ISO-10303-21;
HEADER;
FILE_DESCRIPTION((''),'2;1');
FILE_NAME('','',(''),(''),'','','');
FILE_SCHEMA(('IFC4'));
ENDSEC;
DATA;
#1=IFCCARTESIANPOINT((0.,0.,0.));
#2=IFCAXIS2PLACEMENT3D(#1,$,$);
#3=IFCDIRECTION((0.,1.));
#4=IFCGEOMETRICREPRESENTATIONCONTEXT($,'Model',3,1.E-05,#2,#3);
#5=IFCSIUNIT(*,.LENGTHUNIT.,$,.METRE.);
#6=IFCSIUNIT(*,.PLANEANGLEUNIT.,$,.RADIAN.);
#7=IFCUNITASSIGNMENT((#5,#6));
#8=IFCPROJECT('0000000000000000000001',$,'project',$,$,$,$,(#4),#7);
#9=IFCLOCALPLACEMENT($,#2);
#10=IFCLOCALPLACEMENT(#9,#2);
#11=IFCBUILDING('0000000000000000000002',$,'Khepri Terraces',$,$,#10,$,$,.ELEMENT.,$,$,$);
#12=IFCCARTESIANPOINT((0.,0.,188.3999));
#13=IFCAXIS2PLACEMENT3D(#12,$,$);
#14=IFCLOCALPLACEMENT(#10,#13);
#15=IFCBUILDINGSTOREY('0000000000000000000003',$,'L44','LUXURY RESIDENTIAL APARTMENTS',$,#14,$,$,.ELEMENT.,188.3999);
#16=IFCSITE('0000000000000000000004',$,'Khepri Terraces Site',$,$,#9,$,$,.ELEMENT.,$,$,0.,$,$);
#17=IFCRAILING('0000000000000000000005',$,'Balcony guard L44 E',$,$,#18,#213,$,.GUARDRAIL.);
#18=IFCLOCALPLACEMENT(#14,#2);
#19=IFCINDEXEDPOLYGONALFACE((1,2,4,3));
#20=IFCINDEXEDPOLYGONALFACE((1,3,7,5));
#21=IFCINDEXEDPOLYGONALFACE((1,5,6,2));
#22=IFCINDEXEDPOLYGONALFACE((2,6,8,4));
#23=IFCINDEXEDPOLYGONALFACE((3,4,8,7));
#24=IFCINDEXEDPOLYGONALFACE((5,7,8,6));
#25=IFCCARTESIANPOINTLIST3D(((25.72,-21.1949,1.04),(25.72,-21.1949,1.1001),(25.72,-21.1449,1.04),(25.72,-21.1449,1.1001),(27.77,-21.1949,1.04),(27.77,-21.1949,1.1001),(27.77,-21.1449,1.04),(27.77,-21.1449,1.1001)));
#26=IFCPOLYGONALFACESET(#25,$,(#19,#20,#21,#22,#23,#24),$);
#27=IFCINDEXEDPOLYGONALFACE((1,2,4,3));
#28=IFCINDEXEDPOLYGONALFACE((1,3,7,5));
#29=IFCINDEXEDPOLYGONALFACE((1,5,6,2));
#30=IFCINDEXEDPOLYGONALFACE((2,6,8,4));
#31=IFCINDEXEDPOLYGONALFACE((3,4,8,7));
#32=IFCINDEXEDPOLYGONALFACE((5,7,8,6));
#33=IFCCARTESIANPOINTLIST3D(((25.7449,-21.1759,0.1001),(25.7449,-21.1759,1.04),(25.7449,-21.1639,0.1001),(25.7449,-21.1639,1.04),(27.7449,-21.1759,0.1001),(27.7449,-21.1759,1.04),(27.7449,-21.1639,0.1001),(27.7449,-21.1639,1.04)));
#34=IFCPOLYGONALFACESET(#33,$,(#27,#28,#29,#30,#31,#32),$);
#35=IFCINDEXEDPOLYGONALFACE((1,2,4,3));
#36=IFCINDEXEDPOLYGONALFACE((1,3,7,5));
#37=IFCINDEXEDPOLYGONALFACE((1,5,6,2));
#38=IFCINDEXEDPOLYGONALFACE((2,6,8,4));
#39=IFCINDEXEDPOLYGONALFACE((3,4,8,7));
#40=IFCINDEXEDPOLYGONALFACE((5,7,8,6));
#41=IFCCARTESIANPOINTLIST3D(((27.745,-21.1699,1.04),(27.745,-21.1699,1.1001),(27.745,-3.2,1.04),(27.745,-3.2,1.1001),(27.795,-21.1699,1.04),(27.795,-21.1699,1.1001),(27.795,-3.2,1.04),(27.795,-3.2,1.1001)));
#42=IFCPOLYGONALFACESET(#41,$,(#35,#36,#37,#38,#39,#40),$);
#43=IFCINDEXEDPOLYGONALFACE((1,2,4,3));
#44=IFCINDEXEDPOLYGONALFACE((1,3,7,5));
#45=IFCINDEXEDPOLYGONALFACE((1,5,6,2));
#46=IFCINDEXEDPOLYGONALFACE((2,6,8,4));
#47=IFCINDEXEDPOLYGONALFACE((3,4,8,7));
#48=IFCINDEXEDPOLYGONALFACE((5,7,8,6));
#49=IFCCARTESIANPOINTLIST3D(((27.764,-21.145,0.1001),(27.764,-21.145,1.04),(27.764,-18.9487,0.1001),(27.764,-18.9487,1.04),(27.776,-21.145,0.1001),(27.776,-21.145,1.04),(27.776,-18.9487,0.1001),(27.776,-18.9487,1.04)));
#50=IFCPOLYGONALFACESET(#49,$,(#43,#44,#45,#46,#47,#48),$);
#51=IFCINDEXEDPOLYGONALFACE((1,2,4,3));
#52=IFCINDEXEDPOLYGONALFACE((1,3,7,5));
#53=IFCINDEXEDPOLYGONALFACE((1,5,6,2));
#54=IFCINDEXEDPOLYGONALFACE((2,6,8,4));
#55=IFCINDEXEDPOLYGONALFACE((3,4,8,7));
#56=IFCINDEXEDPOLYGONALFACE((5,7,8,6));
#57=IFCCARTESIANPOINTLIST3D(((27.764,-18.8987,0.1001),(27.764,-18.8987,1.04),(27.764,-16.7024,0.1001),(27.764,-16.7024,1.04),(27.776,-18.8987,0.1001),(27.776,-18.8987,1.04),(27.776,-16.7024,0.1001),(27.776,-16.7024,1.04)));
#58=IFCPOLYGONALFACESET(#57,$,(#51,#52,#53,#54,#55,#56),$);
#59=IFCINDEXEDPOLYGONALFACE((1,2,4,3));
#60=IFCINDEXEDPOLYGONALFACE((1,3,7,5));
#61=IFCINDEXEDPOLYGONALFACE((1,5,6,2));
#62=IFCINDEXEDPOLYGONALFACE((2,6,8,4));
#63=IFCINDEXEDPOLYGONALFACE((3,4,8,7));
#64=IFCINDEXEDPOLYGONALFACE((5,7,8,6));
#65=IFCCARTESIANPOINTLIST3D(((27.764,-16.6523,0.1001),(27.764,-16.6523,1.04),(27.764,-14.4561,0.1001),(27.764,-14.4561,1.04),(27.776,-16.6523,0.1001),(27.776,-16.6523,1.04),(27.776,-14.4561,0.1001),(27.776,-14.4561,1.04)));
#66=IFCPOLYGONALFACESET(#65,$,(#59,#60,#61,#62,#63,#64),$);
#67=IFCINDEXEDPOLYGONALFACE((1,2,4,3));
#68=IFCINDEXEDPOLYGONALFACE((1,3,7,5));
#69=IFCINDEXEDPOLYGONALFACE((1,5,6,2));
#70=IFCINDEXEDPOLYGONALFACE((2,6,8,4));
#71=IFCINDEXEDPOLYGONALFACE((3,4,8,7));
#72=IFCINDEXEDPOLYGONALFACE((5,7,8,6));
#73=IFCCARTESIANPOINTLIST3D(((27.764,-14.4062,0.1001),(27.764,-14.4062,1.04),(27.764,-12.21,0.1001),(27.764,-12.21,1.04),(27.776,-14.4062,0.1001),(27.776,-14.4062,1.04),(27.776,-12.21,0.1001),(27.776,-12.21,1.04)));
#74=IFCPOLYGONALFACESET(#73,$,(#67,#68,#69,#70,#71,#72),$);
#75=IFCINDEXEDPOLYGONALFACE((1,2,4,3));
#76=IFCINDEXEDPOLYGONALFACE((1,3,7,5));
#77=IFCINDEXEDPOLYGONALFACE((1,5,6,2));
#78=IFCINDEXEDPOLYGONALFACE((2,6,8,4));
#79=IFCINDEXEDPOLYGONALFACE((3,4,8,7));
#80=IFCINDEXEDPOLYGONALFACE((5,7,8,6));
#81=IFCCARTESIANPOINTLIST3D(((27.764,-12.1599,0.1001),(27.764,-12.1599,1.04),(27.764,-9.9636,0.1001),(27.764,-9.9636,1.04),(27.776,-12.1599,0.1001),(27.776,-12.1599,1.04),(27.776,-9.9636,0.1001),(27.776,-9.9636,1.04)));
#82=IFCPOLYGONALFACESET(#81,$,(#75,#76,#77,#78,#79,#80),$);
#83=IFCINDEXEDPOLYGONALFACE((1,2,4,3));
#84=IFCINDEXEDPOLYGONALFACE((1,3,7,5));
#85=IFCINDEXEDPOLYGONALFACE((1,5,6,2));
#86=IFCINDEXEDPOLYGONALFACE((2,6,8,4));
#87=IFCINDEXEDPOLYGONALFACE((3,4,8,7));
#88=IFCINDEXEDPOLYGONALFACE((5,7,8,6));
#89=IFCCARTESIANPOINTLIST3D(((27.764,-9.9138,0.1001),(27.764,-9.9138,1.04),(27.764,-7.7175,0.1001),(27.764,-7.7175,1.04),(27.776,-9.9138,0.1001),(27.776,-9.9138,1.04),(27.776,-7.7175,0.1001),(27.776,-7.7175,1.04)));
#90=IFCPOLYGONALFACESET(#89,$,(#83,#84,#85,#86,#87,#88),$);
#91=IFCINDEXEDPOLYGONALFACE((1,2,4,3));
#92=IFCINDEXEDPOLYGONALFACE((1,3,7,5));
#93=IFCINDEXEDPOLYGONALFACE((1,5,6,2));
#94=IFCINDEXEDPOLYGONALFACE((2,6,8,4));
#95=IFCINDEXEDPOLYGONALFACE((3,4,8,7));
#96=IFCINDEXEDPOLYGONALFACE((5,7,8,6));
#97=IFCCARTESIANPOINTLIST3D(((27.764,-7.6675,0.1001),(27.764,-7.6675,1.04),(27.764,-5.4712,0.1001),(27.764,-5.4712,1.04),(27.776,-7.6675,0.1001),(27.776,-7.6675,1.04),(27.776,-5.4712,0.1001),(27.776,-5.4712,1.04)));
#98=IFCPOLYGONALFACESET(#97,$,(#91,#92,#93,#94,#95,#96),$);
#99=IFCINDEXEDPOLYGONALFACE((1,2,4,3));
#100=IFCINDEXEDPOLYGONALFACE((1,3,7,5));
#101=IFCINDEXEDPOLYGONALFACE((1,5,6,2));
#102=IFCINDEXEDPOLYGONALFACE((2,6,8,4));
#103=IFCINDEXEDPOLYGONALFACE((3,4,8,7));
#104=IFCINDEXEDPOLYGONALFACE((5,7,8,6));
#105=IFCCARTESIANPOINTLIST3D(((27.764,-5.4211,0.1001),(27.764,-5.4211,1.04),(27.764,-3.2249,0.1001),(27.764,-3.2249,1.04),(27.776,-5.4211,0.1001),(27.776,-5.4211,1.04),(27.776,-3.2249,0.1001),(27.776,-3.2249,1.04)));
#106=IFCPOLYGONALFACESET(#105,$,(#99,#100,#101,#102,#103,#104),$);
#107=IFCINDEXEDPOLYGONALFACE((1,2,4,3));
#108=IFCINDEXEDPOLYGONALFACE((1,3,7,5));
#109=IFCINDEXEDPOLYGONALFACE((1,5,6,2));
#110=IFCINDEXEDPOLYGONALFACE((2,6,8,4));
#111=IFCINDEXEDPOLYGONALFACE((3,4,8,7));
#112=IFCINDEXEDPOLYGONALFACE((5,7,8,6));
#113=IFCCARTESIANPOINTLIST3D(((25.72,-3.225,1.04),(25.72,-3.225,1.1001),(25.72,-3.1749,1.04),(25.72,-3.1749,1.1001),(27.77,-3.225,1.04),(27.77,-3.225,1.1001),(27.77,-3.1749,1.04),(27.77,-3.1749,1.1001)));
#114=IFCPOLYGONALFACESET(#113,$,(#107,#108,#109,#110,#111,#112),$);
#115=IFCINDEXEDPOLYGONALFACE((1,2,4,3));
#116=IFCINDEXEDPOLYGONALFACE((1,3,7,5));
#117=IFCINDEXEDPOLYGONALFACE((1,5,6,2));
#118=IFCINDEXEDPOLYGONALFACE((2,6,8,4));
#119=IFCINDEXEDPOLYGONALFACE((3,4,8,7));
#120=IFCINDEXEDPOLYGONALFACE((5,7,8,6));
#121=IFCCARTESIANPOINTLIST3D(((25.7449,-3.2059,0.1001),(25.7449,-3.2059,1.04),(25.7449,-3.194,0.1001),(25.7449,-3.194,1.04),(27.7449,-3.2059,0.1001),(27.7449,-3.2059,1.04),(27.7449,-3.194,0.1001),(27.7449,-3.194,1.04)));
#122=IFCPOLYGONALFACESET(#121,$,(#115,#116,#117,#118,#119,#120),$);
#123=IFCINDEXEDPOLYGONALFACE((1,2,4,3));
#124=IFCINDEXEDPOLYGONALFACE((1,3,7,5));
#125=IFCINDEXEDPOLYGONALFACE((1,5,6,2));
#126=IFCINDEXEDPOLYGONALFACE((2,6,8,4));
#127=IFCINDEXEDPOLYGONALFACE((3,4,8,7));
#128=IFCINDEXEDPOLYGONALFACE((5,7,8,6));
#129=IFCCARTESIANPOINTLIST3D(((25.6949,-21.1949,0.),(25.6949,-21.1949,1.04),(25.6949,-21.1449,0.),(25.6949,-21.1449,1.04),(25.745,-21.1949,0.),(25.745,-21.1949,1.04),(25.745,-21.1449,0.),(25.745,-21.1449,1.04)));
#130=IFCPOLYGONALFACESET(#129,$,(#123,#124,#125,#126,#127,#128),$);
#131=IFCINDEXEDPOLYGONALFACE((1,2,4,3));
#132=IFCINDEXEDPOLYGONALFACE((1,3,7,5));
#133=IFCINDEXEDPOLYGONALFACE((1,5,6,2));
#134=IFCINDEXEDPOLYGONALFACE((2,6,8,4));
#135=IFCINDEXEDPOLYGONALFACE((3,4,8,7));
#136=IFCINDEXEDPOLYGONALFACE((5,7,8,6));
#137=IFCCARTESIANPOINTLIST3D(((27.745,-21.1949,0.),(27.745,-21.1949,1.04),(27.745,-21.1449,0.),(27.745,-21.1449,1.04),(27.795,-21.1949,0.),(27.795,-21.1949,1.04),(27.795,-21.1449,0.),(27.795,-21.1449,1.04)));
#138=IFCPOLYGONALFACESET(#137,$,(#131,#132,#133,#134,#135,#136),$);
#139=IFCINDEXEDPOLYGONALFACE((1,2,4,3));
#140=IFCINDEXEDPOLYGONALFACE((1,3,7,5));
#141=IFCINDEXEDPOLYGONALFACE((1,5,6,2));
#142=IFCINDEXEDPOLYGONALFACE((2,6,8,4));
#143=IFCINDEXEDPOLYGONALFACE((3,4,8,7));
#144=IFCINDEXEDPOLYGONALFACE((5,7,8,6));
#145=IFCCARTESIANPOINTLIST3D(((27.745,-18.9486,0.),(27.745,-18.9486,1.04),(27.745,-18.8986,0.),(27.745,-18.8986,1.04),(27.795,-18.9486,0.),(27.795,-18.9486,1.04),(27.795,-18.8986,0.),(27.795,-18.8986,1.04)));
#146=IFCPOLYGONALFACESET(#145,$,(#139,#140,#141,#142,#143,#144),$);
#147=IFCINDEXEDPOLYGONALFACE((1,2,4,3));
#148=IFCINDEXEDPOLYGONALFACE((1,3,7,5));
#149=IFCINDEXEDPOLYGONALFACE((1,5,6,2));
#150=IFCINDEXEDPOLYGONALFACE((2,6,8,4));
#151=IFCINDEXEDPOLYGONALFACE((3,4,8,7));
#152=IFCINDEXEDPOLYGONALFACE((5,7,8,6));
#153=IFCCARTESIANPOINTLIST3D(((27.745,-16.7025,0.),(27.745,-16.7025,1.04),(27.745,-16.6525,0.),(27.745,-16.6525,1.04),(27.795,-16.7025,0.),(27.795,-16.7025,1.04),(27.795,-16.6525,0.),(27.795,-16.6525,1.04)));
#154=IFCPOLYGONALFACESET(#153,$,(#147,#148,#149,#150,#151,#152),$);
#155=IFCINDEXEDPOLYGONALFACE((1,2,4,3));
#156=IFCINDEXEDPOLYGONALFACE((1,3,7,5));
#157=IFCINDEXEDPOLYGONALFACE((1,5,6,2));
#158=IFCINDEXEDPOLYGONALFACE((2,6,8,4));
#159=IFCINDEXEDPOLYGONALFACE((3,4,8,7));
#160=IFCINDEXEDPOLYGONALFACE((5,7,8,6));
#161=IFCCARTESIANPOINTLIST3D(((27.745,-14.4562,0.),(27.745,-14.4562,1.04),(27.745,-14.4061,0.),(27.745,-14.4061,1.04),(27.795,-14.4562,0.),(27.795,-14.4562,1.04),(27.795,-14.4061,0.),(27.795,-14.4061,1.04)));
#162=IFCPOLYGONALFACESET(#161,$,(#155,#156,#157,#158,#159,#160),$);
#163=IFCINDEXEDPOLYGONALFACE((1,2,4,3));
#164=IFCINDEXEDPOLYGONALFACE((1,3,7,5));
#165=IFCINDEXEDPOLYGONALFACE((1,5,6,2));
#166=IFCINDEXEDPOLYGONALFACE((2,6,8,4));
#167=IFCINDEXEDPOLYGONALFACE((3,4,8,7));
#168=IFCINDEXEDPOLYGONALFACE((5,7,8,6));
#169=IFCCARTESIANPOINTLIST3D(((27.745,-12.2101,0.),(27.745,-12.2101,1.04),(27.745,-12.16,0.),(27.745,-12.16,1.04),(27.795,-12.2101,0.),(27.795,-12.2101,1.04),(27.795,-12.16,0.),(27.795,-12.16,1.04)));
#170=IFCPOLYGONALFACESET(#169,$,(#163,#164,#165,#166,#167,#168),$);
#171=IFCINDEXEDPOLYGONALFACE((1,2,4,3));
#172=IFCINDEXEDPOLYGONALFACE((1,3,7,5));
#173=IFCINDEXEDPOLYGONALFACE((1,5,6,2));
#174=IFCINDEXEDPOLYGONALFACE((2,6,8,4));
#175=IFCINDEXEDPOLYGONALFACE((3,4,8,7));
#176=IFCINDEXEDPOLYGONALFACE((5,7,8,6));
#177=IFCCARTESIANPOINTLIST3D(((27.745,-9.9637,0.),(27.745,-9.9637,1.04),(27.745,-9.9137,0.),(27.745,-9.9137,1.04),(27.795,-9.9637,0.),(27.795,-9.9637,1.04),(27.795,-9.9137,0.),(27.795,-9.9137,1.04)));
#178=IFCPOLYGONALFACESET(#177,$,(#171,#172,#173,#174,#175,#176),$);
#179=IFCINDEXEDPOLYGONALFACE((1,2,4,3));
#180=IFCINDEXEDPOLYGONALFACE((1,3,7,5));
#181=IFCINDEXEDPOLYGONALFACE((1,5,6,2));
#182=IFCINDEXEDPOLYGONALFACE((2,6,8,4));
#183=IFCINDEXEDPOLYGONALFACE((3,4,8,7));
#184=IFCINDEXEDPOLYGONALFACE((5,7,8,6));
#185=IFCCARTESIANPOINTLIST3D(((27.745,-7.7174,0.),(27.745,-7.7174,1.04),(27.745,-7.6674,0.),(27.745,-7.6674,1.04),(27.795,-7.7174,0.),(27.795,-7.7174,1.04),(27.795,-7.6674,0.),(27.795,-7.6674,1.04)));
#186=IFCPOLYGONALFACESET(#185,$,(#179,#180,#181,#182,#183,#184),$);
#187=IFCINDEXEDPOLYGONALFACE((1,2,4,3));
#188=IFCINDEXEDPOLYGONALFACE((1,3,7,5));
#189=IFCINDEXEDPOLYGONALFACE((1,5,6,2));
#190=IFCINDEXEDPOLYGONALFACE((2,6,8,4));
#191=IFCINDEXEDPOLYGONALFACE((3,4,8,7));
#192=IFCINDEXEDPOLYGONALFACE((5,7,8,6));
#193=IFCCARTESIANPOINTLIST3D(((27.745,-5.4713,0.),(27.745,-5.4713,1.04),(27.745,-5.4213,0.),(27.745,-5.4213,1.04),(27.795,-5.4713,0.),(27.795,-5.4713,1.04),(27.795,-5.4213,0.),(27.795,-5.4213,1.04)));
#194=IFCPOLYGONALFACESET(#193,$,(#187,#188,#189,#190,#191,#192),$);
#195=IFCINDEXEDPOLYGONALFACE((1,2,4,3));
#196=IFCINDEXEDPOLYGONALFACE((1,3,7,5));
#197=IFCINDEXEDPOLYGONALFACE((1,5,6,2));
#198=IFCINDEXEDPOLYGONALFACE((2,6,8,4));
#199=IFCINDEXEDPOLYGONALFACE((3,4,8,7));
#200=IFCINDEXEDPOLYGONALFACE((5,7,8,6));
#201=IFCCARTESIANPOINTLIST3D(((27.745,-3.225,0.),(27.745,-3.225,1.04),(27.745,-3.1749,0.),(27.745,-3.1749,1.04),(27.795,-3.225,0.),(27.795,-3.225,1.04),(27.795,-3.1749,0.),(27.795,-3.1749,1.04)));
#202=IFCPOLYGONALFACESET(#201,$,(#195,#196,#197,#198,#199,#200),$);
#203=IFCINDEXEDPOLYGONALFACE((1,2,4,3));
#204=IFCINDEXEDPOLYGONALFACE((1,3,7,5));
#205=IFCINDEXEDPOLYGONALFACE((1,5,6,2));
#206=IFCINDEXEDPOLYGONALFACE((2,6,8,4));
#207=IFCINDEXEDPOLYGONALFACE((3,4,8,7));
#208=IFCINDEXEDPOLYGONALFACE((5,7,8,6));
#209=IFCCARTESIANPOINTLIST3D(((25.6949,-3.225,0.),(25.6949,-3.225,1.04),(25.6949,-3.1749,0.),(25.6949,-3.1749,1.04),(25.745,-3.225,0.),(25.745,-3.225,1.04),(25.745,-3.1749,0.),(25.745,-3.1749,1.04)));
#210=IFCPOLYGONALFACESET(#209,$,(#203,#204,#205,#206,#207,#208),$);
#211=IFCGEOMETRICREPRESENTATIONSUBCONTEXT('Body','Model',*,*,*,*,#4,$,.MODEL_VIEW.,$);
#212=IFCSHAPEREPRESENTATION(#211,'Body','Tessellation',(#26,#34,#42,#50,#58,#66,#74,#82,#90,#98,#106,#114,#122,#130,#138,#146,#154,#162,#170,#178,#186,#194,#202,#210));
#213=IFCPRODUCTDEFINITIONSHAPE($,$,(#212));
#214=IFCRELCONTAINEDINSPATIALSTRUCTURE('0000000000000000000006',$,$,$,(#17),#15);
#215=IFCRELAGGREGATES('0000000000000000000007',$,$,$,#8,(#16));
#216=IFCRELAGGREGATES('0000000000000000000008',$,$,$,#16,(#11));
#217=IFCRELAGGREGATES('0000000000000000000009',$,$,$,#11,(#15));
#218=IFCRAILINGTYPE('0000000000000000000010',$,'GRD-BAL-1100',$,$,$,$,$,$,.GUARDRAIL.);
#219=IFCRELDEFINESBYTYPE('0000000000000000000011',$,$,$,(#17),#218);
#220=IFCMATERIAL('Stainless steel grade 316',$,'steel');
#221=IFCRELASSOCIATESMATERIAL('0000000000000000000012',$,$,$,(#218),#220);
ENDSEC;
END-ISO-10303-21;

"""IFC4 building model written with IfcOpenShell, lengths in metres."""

from ifc_helpers import new_model, si_unit, direction, frame, origin, origin_2d, place, context, subcontext, project, spatial, rectangle, extrude, material, type_object, element, save


model = new_model("IFC4")

# Units and contexts
model_context = context("Model", 3, precision=1e-05, world=origin(), true_north=direction((0.0, 1.0)))
body_context = subcontext(model_context, "Body", "Model", "MODEL_VIEW")
ifc_project = project(units=[si_unit("LENGTHUNIT", "METRE"), si_unit("PLANEANGLEUNIT", "RADIAN")], contexts=[model_context])

# Site, building, storey
site_placement = place(None, origin())
site = spatial("IfcSite", under=ifc_project, at=site_placement, Name="Khepri Terraces Site", CompositionType="ELEMENT", RefElevation=0.0)
building_placement = place(site_placement, origin())
building = spatial("IfcBuilding", under=site, at=building_placement, Name="Khepri Terraces", CompositionType="ELEMENT")
storey_placement = place(building_placement, frame((0.0, 0.0, 188.3999)))
storey = spatial("IfcBuildingStorey", under=building, at=storey_placement, Name="L44", Description="LUXURY RESIDENTIAL APARTMENTS", CompositionType="ELEMENT", Elevation=188.3999)

# Railing
ifc_material_1 = material(Name="Stainless steel grade 316", Category="steel")
railing_type = type_object("IfcRailingType", Name="GRD-BAL-1100", PredefinedType="GUARDRAIL", material=ifc_material_1)
railing_placement = place(storey_placement, frame((25.72, -21.1699, 0.0)))
element("IfcRailing", 1, at=railing_placement, inside=storey, type_object=railing_type, Name="Balcony guard L44 E", PredefinedType="GUARDRAIL", context=body_context, shape_type="SweptSolid", body=[
    extrude(rectangle(XDim=0.05, YDim=0.0601, at=origin_2d()), frame((0.0, 0.0, 1.0701), z_axis=(1.0, 0.0, 0.0), x_axis=(0.0, 1.0, 0.0)), (0.0, 0.0, 1.0), 2.05),
    extrude(rectangle(XDim=2.0, YDim=0.012, at=origin_2d()), frame((1.0249, 0.0, 0.1001), z_axis=(0.0, 0.0, 1.0), x_axis=(1.0, 0.0, 0.0)), (0.0, 0.0, 1.0), 0.9399),
    extrude(rectangle(XDim=0.05, YDim=0.0601, at=origin_2d()), frame((2.05, 0.0, 1.0701), z_axis=(0.0, 1.0, 0.0), x_axis=(-1.0, 0.0, 0.0)), (0.0, 0.0, 1.0), 17.97),
    extrude(rectangle(XDim=2.1963, YDim=0.012, at=origin_2d()), frame((2.05, 1.123, 0.1001), z_axis=(0.0, 0.0, 1.0), x_axis=(0.0, 1.0, 0.0)), (0.0, 0.0, 1.0), 0.9399),
    extrude(rectangle(XDim=2.1963, YDim=0.012, at=origin_2d()), frame((2.05, 3.3694, 0.1001), z_axis=(0.0, 0.0, 1.0), x_axis=(0.0, 1.0, 0.0)), (0.0, 0.0, 1.0), 0.9399),
    extrude(rectangle(XDim=2.1963, YDim=0.012, at=origin_2d()), frame((2.05, 5.6157, 0.1001), z_axis=(0.0, 0.0, 1.0), x_axis=(0.0, 1.0, 0.0)), (0.0, 0.0, 1.0), 0.9399),
    extrude(rectangle(XDim=2.1963, YDim=0.012, at=origin_2d()), frame((2.05, 7.8618, 0.1001), z_axis=(0.0, 0.0, 1.0), x_axis=(0.0, 1.0, 0.0)), (0.0, 0.0, 1.0), 0.9399),
    extrude(rectangle(XDim=2.1963, YDim=0.012, at=origin_2d()), frame((2.05, 10.1082, 0.1001), z_axis=(0.0, 0.0, 1.0), x_axis=(0.0, 1.0, 0.0)), (0.0, 0.0, 1.0), 0.9399),
    extrude(rectangle(XDim=2.1963, YDim=0.012, at=origin_2d()), frame((2.05, 12.3542, 0.1001), z_axis=(0.0, 0.0, 1.0), x_axis=(0.0, 1.0, 0.0)), (0.0, 0.0, 1.0), 0.9399),
    extrude(rectangle(XDim=2.1963, YDim=0.012, at=origin_2d()), frame((2.05, 14.6006, 0.1001), z_axis=(0.0, 0.0, 1.0), x_axis=(0.0, 1.0, 0.0)), (0.0, 0.0, 1.0), 0.9399),
    extrude(rectangle(XDim=2.1963, YDim=0.012, at=origin_2d()), frame((2.05, 16.8469, 0.1001), z_axis=(0.0, 0.0, 1.0), x_axis=(0.0, 1.0, 0.0)), (0.0, 0.0, 1.0), 0.9399),
    extrude(rectangle(XDim=0.05, YDim=0.0601, at=origin_2d()), frame((2.05, 17.97, 1.0701), z_axis=(-1.0, 0.0, 0.0), x_axis=(0.0, -1.0, 0.0)), (0.0, 0.0, 1.0), 2.05),
    extrude(rectangle(XDim=2.0, YDim=0.012, at=origin_2d()), frame((1.0249, 17.97, 0.1001), z_axis=(0.0, 0.0, 1.0), x_axis=(-1.0, 0.0, 0.0)), (0.0, 0.0, 1.0), 0.9399),
    extrude(rectangle(XDim=0.05, YDim=0.05, at=origin_2d()), origin(), (0.0, 0.0, 1.0), 1.04),
    extrude(rectangle(XDim=0.05, YDim=0.05, at=origin_2d()), frame((2.05, 0.0, 0.0)), (0.0, 0.0, 1.0), 1.04),
    extrude(rectangle(XDim=0.05, YDim=0.05, at=origin_2d()), frame((2.05, 2.2463, 0.0)), (0.0, 0.0, 1.0), 1.04),
    extrude(rectangle(XDim=0.05, YDim=0.05, at=origin_2d()), frame((2.05, 4.4924, 0.0)), (0.0, 0.0, 1.0), 1.04),
    extrude(rectangle(XDim=0.05, YDim=0.05, at=origin_2d()), frame((2.05, 6.7388, 0.0)), (0.0, 0.0, 1.0), 1.04),
    extrude(rectangle(XDim=0.05, YDim=0.05, at=origin_2d()), frame((2.05, 8.9849, 0.0)), (0.0, 0.0, 1.0), 1.04),
    extrude(rectangle(XDim=0.05, YDim=0.05, at=origin_2d()), frame((2.05, 11.2312, 0.0)), (0.0, 0.0, 1.0), 1.04),
    extrude(rectangle(XDim=0.05, YDim=0.05, at=origin_2d()), frame((2.05, 13.4775, 0.0)), (0.0, 0.0, 1.0), 1.04),
    extrude(rectangle(XDim=0.05, YDim=0.05, at=origin_2d()), frame((2.05, 15.7236, 0.0)), (0.0, 0.0, 1.0), 1.04),
    extrude(rectangle(XDim=0.05, YDim=0.05, at=origin_2d()), frame((2.05, 17.97, 0.0)), (0.0, 0.0, 1.0), 1.04),
    extrude(rectangle(XDim=0.05, YDim=0.05, at=origin_2d()), frame((0.0, 17.97, 0.0)), (0.0, 0.0, 1.0), 1.04),
])

save(model, "model.ifc")
